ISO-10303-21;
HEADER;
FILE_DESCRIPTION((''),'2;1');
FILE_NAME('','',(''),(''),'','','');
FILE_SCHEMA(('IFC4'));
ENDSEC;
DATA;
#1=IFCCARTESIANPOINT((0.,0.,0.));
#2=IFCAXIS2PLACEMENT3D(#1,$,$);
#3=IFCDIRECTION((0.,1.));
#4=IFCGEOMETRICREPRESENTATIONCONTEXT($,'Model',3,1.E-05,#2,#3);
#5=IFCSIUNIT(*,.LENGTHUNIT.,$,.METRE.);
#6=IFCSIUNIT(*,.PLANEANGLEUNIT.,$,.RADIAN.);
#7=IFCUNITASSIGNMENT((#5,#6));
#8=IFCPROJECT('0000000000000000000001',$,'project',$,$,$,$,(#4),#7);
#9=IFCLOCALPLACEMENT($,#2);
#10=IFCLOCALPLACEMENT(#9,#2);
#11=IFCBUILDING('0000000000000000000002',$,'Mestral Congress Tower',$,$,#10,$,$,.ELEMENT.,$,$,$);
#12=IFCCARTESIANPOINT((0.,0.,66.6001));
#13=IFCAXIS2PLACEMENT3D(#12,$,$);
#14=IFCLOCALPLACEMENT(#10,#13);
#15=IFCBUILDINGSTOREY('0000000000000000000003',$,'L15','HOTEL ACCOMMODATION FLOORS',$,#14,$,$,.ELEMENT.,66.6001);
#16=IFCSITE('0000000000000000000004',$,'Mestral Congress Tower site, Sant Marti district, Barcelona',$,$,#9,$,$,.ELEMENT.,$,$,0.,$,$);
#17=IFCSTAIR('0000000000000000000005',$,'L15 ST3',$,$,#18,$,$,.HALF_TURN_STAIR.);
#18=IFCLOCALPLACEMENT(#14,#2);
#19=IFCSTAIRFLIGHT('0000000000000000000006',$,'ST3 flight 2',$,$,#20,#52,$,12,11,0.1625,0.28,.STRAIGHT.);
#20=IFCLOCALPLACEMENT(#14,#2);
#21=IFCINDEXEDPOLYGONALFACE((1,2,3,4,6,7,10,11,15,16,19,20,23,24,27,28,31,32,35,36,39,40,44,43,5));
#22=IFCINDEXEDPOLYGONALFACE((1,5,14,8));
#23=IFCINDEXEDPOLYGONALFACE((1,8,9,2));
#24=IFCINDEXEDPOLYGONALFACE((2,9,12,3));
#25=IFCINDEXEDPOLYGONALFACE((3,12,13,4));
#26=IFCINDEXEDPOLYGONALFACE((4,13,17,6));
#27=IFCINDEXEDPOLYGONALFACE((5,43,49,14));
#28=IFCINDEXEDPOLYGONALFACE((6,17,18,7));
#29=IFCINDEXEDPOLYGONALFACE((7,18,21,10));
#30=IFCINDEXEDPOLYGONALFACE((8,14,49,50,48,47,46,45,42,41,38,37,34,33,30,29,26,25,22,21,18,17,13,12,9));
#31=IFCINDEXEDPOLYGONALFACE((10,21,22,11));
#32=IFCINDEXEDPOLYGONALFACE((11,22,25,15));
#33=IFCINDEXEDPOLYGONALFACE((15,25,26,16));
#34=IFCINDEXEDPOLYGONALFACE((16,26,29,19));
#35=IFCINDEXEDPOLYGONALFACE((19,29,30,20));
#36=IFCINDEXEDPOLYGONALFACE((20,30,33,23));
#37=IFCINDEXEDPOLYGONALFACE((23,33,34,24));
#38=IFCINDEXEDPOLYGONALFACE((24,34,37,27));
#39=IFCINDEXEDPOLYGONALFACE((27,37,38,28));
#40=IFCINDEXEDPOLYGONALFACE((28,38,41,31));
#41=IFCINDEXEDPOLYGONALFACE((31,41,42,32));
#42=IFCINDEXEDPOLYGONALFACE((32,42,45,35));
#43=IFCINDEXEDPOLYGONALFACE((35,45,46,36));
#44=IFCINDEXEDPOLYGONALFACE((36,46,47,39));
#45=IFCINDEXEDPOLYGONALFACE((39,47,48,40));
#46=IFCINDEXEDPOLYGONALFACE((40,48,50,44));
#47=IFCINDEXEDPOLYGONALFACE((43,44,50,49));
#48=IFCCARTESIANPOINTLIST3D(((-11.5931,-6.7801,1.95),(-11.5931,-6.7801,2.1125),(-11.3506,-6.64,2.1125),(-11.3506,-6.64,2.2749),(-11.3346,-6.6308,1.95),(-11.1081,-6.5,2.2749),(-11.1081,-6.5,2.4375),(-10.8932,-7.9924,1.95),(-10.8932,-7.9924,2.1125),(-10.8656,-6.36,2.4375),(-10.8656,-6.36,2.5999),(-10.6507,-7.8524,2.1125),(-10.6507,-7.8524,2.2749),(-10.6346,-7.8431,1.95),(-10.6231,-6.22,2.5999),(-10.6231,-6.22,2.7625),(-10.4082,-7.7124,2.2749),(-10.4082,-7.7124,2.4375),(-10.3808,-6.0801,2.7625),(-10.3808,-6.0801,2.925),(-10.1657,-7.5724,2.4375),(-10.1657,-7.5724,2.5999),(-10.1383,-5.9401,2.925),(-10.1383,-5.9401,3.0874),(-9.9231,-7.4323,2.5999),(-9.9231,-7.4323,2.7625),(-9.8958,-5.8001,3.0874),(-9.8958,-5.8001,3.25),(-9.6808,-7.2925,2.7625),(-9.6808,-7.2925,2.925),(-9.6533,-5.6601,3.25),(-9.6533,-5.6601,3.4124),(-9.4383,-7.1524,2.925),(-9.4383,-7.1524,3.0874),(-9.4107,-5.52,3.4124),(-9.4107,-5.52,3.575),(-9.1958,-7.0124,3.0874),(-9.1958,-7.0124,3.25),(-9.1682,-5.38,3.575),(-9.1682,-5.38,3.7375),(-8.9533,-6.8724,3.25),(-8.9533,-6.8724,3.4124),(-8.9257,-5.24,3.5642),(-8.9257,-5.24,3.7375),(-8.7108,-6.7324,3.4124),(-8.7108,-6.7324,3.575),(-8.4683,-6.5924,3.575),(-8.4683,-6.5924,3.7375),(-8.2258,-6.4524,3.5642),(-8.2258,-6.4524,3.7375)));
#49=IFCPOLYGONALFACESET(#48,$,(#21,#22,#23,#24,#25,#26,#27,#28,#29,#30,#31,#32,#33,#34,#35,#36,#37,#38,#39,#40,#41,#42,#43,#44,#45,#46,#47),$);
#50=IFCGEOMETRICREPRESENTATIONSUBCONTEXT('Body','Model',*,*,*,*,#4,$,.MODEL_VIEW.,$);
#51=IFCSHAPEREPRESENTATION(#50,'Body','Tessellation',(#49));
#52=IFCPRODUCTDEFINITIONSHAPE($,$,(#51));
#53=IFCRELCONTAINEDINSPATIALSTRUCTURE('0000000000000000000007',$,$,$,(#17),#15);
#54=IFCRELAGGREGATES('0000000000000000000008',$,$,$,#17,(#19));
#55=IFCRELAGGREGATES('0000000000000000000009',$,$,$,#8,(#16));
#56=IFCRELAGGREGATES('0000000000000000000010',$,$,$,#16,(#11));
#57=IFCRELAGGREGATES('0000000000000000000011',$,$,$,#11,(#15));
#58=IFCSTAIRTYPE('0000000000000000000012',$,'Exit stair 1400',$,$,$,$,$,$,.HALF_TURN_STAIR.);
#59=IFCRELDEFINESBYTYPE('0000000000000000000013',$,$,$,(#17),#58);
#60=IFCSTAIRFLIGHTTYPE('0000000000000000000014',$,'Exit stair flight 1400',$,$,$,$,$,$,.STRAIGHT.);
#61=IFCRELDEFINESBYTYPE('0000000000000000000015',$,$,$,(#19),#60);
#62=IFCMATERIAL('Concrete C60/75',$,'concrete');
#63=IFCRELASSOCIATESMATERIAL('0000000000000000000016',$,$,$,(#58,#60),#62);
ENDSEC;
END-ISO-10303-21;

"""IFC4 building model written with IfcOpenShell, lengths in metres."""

from ifc_helpers import new_model, si_unit, direction, frame, origin, place, context, subcontext, project, spatial, polyline, outline, extrude, material, type_object, element, aggregate, save


model = new_model("IFC4")

# Units and contexts
model_context = context("Model", 3, precision=1e-05, world=origin(), true_north=direction((0.0, 1.0)))
body_context = subcontext(model_context, "Body", "Model", "MODEL_VIEW")
ifc_project = project(units=[si_unit("LENGTHUNIT", "METRE"), si_unit("PLANEANGLEUNIT", "RADIAN")], contexts=[model_context])

# Site, building, storey
site_placement = place(None, origin())
site = spatial("IfcSite", under=ifc_project, at=site_placement, Name="Mestral Congress Tower site, Sant Marti district, Barcelona", CompositionType="ELEMENT", RefElevation=0.0)
building_placement = place(site_placement, origin())
building = spatial("IfcBuilding", under=site, at=building_placement, Name="Mestral Congress Tower", CompositionType="ELEMENT")
storey_placement = place(building_placement, frame((0.0, 0.0, 66.6001)))
storey = spatial("IfcBuildingStorey", under=building, at=storey_placement, Name="L15", Description="HOTEL ACCOMMODATION FLOORS", CompositionType="ELEMENT", Elevation=66.6001)

# Shared definitions
ifc_material_1 = material(Name="Concrete C60/75", Category="concrete")

# Stair, stair flight
stair_type = type_object("IfcStairType", Name="Exit stair 1400", PredefinedType="HALF_TURN_STAIR", material=ifc_material_1)
stair_placement = place(storey_placement, origin())
stair = element("IfcStair", 1, at=stair_placement, inside=storey, type_object=stair_type, Name="L15 ST3", PredefinedType="HALF_TURN_STAIR")
stair_flight_type = type_object("IfcStairFlightType", Name="Exit stair flight 1400", PredefinedType="STRAIGHT", material=ifc_material_1)
stair_flight_1_placement = place(storey_placement, frame((-11.2432, -7.3862, 1.95), z_axis=(0.0, 0.0, 1.0), x_axis=(0.866025, 0.5, 0.0)))
stair_flight_1 = element("IfcStairFlight", 2, at=stair_flight_1_placement, type_object=stair_flight_type, Name="ST3 flight 2", NumberOfRisers=12, NumberOfTreads=11, PredefinedType="STRAIGHT", RiserHeight=0.1625, TreadLength=0.28, context=body_context, shape_type="SweptSolid", body=[
    extrude(outline(polyline([(0.0, 0.0), (0.0, 0.1626), (0.28, 0.1626), (0.28, 0.325), (0.5601, 0.325), (0.5601, 0.4875), (0.8401, 0.4875), (0.8401, 0.6499), (1.1201, 0.6499), (1.1201, 0.8125), (1.3999, 0.8125), (1.3999, 0.9751), (1.6799, 0.9751), (1.6799, 1.1375), (1.96, 1.1375), (1.96, 1.3), (2.24, 1.3), (2.24, 1.4624), (2.52, 1.4624), (2.52, 1.625), (2.8, 1.625), (2.8, 1.7876), (3.0801, 1.7876), (3.0801, 1.95), (3.0801, 1.6143), (0.2986, 0.0), (0.0, 0.0)])), frame((0.0, 0.7, 0.0), z_axis=(0.0, -1.0, 0.0), x_axis=(1.0, 0.0, 0.0)), (0.0, 0.0, 1.0), 1.3999),
])
aggregate(stair, [stair_flight_1])

save(model, "model.ifc")
